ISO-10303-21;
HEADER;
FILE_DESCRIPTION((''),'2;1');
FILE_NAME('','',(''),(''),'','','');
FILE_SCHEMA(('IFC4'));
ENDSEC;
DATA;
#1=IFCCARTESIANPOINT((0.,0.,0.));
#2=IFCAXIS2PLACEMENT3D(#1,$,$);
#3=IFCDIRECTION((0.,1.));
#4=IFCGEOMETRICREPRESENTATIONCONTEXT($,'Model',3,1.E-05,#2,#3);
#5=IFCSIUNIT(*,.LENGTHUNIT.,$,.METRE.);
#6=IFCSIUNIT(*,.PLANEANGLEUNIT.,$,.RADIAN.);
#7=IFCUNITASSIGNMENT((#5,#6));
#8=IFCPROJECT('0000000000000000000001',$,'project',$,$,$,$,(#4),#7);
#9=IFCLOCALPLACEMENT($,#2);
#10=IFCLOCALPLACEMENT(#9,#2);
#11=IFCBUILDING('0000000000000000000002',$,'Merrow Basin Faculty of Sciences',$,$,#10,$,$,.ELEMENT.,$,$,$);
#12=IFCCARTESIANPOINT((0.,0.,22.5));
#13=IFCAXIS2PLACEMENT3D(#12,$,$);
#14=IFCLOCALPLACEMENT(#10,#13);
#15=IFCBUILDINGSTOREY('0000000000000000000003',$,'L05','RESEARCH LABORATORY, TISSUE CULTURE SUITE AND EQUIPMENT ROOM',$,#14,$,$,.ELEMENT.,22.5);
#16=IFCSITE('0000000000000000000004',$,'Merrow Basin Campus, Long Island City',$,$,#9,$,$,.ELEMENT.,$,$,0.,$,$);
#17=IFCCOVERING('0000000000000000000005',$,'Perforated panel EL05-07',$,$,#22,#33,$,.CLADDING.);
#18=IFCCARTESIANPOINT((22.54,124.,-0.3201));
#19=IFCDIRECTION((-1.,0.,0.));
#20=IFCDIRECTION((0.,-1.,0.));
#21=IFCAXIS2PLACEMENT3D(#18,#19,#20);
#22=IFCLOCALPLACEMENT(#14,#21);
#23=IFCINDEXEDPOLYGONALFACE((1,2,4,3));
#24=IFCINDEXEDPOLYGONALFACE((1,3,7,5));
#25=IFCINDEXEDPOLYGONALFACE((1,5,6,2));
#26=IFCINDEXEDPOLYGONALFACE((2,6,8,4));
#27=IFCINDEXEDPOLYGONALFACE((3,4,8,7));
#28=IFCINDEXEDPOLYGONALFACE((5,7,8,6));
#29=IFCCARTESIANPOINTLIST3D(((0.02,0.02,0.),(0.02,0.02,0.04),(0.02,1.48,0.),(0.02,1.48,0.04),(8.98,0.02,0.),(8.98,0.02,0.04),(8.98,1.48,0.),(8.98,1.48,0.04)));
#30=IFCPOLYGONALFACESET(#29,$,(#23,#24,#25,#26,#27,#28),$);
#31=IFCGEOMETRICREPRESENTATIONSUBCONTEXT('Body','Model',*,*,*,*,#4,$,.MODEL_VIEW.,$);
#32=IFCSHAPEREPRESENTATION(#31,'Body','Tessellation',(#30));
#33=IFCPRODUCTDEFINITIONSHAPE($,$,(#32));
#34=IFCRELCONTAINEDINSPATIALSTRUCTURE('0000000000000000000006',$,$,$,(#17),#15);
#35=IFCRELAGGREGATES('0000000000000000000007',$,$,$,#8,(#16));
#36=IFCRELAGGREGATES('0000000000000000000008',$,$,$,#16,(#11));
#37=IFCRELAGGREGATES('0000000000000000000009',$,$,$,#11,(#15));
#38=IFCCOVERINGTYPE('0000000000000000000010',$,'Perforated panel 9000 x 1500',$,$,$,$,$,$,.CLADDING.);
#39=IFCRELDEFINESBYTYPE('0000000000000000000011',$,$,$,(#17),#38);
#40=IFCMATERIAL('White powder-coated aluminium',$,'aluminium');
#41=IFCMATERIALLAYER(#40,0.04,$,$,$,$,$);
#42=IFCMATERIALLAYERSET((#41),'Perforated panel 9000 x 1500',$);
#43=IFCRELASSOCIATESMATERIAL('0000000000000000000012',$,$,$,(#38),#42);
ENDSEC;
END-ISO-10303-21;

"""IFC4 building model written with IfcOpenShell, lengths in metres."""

from ifc_helpers import new_model, si_unit, direction, frame, origin, place, context, subcontext, project, spatial, polyline, outline, extrude, source, transform, mapped, material, layer, layer_set, type_object, element, save


model = new_model("IFC4")

# Units and contexts
model_context = context("Model", 3, precision=1e-05, world=origin(), true_north=direction((0.0, 1.0)))
body_context = subcontext(model_context, "Body", "Model", "MODEL_VIEW")
ifc_project = project(units=[si_unit("LENGTHUNIT", "METRE"), si_unit("PLANEANGLEUNIT", "RADIAN")], contexts=[model_context])

# Site, building, storey
site_placement = place(None, origin())
site = spatial("IfcSite", under=ifc_project, at=site_placement, Name="Merrow Basin Campus, Long Island City", CompositionType="ELEMENT", RefElevation=0.0)
building_placement = place(site_placement, origin())
building = spatial("IfcBuilding", under=site, at=building_placement, Name="Merrow Basin Faculty of Sciences", CompositionType="ELEMENT")
storey_placement = place(building_placement, frame((0.0, 0.0, 22.5)))
storey = spatial("IfcBuildingStorey", under=building, at=storey_placement, Name="L05", Description="RESEARCH LABORATORY, TISSUE CULTURE SUITE AND EQUIPMENT ROOM", CompositionType="ELEMENT", Elevation=22.5)

# Covering
ifc_material_1 = material(Name="White powder-coated aluminium", Category="aluminium")
ifc_layer_1 = layer(ifc_material_1, 0.04)
ifc_layer_set_1 = layer_set([ifc_layer_1], Name="Perforated panel 9000 x 1500")
covering_type = type_object("IfcCoveringType", Name="Perforated panel 9000 x 1500", PredefinedType="CLADDING", material=ifc_layer_set_1)
shared_shape_1 = source(origin(), body_context, "Body", "SweptSolid", [
    extrude(outline(polyline([(0.02, 0.02), (8.98, 0.02), (8.98, 1.48), (0.02, 1.48), (0.02, 0.02)])), origin(), (0.0, 0.0, 1.0), 0.04),
])
covering_placement = place(storey_placement, frame((22.54, 124.0, -0.3201), z_axis=(-1.0, 0.0, 0.0), x_axis=(0.0, -1.0, 0.0)))
element("IfcCovering", 1, at=covering_placement, inside=storey, type_object=covering_type, Name="Perforated panel EL05-07", PredefinedType="CLADDING", context=body_context, shape_type="MappedRepresentation", body=[
    mapped(shared_shape_1, transform((0.0, 0.0, 0.0), scale=1.0)),
])

save(model, "model.ifc")
